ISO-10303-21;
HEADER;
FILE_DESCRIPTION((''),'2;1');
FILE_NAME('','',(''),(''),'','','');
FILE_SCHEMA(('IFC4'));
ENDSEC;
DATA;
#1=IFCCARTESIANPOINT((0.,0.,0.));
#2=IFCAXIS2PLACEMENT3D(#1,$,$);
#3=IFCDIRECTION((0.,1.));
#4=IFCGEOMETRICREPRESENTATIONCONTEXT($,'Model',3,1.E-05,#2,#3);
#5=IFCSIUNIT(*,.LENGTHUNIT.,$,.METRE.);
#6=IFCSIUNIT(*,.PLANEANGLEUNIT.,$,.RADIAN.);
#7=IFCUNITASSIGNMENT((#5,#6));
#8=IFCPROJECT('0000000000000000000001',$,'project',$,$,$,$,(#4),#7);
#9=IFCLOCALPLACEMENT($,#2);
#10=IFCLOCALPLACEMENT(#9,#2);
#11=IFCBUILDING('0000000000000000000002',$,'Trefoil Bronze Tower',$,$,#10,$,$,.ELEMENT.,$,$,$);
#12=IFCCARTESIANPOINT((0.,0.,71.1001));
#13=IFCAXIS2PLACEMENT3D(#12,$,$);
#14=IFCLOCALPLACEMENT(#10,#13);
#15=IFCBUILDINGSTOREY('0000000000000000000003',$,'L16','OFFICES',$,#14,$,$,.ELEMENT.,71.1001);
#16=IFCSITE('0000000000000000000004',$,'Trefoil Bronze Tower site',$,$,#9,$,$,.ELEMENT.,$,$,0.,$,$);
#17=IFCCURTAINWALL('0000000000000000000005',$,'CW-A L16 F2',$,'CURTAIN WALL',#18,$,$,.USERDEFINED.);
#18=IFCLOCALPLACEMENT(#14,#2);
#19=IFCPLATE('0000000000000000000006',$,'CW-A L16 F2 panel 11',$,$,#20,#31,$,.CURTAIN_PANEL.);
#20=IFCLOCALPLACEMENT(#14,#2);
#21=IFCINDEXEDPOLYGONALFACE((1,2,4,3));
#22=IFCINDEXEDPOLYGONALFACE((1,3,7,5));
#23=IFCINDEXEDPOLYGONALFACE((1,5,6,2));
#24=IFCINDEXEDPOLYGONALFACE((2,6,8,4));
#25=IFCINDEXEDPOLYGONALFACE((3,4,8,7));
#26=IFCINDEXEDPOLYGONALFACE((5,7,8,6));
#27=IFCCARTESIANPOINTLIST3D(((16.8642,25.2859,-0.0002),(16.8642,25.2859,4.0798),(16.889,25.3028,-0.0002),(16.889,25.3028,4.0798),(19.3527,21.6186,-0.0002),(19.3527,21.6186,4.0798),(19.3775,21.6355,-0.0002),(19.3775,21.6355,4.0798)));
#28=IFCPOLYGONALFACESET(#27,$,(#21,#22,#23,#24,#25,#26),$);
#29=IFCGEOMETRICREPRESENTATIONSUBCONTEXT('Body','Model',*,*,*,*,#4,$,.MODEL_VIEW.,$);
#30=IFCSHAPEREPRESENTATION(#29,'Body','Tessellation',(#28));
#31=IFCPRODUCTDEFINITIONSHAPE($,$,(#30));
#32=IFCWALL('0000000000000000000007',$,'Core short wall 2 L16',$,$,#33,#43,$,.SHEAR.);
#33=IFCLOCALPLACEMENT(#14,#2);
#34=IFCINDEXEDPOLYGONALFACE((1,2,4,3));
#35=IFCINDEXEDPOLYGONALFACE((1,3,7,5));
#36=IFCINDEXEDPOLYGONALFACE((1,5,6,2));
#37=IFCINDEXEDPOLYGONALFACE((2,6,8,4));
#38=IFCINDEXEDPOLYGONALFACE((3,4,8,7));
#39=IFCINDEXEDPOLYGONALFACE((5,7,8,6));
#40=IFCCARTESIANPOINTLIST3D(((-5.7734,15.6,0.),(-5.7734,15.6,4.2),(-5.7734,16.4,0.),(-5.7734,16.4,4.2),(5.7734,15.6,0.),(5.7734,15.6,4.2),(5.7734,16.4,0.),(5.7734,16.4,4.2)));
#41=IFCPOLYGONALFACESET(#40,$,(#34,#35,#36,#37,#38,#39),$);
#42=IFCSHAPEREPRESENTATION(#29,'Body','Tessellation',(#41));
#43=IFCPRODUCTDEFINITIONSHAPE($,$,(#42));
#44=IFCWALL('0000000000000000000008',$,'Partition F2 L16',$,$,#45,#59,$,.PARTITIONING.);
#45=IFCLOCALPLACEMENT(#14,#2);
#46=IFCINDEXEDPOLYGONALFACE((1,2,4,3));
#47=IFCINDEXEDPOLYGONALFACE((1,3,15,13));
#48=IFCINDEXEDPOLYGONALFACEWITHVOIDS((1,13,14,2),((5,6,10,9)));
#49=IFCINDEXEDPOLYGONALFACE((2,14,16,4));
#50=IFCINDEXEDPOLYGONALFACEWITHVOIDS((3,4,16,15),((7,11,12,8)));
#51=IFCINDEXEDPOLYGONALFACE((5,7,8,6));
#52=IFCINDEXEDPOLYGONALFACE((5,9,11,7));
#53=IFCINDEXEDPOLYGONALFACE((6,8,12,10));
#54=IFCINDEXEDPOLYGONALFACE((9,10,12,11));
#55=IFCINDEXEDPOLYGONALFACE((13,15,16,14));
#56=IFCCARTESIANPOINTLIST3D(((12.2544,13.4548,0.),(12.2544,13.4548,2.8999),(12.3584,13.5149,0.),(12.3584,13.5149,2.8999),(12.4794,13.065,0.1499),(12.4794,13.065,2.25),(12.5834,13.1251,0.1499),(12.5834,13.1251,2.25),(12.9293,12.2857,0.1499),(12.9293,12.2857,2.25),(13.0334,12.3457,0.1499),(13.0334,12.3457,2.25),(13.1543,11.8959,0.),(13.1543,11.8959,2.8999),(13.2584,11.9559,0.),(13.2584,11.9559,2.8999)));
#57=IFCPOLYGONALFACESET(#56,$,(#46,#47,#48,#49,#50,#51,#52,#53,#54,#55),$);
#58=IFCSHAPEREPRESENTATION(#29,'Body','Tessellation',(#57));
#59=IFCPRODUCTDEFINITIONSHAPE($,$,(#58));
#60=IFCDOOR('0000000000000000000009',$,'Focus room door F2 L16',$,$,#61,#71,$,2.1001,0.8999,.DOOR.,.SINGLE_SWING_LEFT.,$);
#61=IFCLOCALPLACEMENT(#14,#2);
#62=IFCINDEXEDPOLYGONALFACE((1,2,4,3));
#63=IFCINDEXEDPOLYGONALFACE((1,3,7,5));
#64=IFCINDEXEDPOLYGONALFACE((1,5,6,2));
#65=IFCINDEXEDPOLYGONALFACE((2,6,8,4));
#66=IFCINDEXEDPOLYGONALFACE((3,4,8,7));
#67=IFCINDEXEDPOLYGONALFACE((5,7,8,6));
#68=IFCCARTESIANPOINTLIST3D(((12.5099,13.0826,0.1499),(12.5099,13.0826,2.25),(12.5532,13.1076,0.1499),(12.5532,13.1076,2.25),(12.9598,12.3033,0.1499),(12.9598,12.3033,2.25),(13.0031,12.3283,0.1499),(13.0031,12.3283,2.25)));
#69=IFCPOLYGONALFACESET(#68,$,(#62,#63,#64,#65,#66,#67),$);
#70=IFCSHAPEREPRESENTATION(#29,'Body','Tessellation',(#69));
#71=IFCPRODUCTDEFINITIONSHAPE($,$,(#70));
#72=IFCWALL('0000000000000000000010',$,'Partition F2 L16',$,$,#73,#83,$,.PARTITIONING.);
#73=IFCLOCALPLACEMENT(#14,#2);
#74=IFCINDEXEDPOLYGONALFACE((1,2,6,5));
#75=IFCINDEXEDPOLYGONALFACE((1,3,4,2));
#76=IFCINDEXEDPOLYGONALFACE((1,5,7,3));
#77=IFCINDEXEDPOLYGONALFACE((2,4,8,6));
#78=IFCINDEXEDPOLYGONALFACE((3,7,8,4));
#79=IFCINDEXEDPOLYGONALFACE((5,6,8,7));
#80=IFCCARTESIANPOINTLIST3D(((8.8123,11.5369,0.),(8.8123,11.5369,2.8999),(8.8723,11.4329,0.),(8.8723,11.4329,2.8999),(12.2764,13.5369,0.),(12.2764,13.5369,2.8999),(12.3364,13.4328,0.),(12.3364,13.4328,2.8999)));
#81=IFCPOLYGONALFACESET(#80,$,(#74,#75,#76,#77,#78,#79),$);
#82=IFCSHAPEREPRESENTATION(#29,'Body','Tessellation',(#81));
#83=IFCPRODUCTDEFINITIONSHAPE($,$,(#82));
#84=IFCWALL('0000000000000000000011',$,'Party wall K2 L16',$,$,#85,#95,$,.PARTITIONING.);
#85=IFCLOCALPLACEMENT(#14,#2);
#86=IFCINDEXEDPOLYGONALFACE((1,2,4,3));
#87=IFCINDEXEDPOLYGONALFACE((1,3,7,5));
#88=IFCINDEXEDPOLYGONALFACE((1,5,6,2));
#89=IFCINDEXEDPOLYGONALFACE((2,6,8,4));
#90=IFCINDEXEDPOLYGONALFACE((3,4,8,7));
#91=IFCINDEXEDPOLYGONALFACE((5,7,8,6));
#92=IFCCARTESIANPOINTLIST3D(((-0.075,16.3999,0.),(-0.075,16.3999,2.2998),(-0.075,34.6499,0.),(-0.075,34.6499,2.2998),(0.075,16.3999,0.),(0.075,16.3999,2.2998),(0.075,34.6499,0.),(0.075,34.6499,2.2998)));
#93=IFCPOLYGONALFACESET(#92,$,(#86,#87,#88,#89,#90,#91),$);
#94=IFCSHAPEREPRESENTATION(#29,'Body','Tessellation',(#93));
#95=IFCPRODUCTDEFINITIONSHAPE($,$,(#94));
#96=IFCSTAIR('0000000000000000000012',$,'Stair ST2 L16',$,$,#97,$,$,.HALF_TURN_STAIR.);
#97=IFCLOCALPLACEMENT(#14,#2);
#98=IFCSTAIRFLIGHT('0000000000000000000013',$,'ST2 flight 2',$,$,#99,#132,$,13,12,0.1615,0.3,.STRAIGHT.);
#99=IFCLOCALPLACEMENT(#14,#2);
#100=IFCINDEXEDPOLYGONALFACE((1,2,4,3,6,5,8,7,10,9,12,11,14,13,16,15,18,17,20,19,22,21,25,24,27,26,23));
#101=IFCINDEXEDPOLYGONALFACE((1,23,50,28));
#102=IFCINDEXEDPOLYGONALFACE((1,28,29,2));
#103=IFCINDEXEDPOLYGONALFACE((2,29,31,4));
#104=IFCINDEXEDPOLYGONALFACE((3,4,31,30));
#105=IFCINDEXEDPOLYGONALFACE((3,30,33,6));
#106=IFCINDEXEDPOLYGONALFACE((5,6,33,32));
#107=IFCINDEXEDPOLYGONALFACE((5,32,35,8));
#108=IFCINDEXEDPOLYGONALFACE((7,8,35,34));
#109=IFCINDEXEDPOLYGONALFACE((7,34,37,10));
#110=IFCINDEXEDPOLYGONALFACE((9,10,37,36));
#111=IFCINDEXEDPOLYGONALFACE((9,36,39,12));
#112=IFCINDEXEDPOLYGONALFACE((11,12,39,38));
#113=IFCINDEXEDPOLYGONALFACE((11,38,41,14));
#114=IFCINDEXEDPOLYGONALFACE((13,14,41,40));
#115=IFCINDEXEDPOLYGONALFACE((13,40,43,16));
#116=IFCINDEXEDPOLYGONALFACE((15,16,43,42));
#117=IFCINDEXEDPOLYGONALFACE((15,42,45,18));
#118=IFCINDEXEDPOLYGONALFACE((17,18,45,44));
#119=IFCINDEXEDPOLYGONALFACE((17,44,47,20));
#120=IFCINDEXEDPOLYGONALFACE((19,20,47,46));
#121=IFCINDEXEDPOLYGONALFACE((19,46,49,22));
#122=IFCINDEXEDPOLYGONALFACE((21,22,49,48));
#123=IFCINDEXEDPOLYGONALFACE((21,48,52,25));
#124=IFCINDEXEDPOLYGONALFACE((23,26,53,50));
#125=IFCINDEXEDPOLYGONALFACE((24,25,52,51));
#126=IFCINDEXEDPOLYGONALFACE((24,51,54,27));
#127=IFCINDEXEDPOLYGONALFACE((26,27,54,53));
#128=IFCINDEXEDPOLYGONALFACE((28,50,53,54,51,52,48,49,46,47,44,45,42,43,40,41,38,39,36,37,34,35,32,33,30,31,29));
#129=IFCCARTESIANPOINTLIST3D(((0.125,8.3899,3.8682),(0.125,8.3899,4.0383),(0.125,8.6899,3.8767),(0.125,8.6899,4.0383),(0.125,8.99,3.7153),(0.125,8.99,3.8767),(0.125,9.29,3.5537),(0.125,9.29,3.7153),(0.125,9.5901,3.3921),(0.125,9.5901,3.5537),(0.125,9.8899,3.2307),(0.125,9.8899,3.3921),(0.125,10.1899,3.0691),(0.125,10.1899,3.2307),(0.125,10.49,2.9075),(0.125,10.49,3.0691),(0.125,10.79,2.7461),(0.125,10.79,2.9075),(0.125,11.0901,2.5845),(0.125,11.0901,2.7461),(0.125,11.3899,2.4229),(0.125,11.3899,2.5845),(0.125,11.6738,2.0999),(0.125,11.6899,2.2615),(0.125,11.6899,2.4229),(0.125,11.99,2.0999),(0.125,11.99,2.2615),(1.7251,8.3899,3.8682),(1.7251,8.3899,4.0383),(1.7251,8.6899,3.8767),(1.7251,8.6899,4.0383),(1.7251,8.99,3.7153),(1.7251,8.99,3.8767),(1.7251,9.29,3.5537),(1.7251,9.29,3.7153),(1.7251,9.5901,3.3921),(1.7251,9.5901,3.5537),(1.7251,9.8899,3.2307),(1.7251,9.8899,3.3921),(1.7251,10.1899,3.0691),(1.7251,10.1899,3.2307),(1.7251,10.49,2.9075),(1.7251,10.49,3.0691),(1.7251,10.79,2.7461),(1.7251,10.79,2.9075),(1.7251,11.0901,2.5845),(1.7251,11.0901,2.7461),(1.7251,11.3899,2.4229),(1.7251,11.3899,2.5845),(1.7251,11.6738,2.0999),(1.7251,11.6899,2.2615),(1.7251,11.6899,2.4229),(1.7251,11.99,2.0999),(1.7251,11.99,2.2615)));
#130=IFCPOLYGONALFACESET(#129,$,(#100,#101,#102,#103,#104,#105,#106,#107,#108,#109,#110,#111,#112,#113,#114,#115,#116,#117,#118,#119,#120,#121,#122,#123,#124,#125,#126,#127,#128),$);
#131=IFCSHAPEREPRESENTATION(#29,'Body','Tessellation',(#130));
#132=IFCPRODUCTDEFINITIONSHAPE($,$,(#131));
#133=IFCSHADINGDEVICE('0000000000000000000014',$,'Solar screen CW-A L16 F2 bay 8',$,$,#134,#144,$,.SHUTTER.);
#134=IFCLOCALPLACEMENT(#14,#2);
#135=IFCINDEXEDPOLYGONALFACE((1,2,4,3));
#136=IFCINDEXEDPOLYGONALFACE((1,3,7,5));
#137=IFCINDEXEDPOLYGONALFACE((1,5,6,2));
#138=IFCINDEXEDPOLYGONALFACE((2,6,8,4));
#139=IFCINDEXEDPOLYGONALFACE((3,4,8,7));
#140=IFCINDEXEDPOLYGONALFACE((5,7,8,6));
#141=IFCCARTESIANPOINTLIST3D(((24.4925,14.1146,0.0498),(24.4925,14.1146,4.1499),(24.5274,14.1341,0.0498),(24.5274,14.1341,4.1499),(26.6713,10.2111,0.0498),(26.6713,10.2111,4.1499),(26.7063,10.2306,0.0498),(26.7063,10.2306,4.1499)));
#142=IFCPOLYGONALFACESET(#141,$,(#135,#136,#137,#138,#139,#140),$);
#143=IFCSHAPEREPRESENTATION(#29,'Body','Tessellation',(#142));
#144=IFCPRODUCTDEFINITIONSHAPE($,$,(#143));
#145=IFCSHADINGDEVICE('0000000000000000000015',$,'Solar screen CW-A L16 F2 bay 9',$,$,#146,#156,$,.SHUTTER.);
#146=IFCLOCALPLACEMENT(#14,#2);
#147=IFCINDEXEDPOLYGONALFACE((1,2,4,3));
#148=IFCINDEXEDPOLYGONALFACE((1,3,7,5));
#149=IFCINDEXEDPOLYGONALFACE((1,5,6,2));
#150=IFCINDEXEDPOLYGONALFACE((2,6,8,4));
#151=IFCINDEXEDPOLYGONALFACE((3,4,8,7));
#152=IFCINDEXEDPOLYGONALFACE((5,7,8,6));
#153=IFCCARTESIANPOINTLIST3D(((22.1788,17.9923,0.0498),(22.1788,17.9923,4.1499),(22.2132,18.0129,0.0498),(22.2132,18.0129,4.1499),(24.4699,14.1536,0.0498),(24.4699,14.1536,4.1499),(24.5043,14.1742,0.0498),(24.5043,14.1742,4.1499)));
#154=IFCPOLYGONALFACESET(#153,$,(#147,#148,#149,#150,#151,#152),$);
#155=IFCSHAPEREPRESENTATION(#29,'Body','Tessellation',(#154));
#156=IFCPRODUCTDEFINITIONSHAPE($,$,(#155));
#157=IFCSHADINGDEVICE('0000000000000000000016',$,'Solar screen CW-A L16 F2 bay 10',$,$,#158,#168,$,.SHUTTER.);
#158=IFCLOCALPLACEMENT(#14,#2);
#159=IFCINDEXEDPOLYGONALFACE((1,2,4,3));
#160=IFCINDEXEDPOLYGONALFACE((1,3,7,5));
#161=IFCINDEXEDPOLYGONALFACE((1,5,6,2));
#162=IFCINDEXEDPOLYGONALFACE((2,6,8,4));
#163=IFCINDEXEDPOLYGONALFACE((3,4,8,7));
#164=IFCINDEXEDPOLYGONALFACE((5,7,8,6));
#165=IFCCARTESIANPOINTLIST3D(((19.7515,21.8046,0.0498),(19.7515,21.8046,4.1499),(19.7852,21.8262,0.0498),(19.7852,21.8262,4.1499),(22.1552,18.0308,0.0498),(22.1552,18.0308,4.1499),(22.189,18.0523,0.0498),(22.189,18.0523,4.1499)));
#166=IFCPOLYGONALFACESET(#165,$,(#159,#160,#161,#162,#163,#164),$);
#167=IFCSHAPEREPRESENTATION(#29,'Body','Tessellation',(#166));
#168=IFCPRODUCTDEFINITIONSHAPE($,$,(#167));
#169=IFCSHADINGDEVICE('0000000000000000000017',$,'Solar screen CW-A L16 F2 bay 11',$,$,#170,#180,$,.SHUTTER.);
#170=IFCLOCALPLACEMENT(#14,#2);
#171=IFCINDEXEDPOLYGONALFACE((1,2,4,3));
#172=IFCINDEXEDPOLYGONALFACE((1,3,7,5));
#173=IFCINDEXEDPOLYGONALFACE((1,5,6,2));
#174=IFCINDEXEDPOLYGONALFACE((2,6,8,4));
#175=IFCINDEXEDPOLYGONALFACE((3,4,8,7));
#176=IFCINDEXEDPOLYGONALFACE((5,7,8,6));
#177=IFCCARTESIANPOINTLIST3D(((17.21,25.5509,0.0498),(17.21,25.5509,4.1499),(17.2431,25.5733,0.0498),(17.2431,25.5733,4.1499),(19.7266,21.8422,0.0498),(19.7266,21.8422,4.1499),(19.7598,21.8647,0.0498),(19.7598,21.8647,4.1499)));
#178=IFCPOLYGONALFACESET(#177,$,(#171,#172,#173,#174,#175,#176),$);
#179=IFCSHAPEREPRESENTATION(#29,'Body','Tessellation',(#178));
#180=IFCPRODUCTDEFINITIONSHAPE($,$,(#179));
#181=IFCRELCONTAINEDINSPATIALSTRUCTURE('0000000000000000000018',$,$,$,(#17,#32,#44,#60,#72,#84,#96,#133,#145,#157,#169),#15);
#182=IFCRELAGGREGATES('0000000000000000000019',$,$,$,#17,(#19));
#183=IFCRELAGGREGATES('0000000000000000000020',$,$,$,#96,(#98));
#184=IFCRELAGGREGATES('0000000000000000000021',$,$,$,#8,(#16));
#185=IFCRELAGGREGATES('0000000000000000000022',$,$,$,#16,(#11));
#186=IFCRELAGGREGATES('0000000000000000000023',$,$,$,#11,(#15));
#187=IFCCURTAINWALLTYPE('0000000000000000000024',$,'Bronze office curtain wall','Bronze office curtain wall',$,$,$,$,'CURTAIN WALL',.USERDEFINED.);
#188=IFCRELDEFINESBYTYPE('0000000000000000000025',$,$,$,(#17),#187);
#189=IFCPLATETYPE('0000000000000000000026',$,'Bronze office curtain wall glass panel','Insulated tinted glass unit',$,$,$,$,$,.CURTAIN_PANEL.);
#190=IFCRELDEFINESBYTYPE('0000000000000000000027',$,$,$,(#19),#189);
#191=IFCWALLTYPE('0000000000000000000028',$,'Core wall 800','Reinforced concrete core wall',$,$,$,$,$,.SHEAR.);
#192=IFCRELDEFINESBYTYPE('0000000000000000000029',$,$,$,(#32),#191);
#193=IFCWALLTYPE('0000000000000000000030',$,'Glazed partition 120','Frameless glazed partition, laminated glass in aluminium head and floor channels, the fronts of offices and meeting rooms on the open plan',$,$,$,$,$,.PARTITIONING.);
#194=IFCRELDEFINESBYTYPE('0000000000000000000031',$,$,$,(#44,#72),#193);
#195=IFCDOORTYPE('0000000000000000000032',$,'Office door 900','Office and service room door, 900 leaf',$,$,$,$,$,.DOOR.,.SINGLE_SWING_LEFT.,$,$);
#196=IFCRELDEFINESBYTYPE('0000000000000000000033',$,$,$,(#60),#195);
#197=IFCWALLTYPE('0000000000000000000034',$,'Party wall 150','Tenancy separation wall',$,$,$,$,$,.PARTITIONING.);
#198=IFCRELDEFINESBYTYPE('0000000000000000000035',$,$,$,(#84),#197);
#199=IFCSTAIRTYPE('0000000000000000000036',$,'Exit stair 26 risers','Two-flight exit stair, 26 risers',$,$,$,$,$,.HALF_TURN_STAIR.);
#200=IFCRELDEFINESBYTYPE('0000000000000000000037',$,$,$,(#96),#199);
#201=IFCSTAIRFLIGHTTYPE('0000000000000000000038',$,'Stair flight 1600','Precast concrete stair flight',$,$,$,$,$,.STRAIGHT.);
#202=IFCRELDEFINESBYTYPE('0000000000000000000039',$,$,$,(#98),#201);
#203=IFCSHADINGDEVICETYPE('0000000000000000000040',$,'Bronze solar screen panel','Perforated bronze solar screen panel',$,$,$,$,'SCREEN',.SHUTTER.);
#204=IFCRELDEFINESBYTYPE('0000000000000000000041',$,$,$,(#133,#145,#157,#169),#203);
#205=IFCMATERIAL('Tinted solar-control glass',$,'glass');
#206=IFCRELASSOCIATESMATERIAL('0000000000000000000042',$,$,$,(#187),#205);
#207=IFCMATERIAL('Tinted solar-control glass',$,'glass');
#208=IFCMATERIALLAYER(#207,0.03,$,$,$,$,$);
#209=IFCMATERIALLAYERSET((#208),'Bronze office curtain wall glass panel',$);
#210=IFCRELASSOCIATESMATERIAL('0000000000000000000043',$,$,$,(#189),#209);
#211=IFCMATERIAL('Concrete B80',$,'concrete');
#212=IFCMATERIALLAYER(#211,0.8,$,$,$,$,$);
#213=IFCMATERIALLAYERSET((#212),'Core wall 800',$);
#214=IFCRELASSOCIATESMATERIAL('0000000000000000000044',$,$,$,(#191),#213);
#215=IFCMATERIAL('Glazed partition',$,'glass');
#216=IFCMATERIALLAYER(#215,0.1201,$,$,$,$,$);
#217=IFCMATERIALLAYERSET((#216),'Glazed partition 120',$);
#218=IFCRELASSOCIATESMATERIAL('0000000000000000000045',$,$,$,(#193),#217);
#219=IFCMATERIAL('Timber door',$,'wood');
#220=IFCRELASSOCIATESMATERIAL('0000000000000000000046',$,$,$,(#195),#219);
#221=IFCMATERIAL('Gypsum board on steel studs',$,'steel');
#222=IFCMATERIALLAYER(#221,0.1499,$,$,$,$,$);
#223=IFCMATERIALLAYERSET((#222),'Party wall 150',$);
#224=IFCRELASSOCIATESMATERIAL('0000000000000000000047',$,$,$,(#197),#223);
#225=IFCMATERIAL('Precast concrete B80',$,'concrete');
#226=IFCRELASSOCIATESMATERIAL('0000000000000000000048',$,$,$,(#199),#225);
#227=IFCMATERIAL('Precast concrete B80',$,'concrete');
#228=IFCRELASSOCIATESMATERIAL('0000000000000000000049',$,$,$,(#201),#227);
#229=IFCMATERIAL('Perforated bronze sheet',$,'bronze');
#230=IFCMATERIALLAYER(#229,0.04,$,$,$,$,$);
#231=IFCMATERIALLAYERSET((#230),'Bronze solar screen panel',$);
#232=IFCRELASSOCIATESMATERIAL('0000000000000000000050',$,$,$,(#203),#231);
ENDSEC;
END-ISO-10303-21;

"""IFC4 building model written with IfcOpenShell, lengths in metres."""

from ifc_helpers import new_model, si_unit, direction, frame, frame_2d, origin, origin_2d, place, context, subcontext, project, spatial, polyline, rectangle, outline, extrude, material, layer, layer_set, type_object, element, fill, aggregate, save


model = new_model("IFC4")

# Units and contexts
model_context = context("Model", 3, precision=1e-05, world=origin(), true_north=direction((0.0, 1.0)))
body_context = subcontext(model_context, "Body", "Model", "MODEL_VIEW")
ifc_project = project(units=[si_unit("LENGTHUNIT", "METRE"), si_unit("PLANEANGLEUNIT", "RADIAN")], contexts=[model_context])

# Site, building, storey
site_placement = place(None, origin())
site = spatial("IfcSite", under=ifc_project, at=site_placement, Name="Trefoil Bronze Tower site", CompositionType="ELEMENT", RefElevation=0.0)
building_placement = place(site_placement, origin())
building = spatial("IfcBuilding", under=site, at=building_placement, Name="Trefoil Bronze Tower", CompositionType="ELEMENT")
storey_placement = place(building_placement, frame((0.0, 0.0, 71.1001)))
storey = spatial("IfcBuildingStorey", under=building, at=storey_placement, Name="L16", Description="OFFICES", CompositionType="ELEMENT", Elevation=71.1001)

# Curtain wall
ifc_material_1 = material(Name="Tinted solar-control glass", Category="glass")
curtain_wall_type = type_object("IfcCurtainWallType", Name="Bronze office curtain wall", Description="Bronze office curtain wall", ElementType="CURTAIN WALL", PredefinedType="USERDEFINED", material=ifc_material_1)
curtain_wall_placement = place(storey_placement, origin())
curtain_wall = element("IfcCurtainWall", 1, at=curtain_wall_placement, inside=storey, type_object=curtain_wall_type, Name="CW-A L16 F2", ObjectType="CURTAIN WALL", PredefinedType="USERDEFINED")

# Plate
ifc_material_2 = material(Name="Tinted solar-control glass", Category="glass")
ifc_layer_1 = layer(ifc_material_2, 0.03)
ifc_layer_set_1 = layer_set([ifc_layer_1], Name="Bronze office curtain wall glass panel")
plate_type = type_object("IfcPlateType", Name="Bronze office curtain wall glass panel", Description="Insulated tinted glass unit", PredefinedType="CURTAIN_PANEL", material=ifc_layer_set_1)
plate_1_placement = place(storey_placement, frame((18.1208, 23.4607, -0.0002), z_axis=(0.0, 0.0, 1.0), x_axis=(-0.56151, 0.82747, 0.0)))
plate_1 = element("IfcPlate", 2, at=plate_1_placement, type_object=plate_type, Name="CW-A L16 F2 panel 11", PredefinedType="CURTAIN_PANEL", context=body_context, shape_type="SweptSolid", body=[
    extrude(rectangle(XDim=4.4319, YDim=0.03, at=origin_2d()), origin(), (0.0, 0.0, 1.0), 4.0801),
])
aggregate(curtain_wall, [plate_1])

# Wall
ifc_material_3 = material(Name="Concrete B80", Category="concrete")
ifc_layer_2 = layer(ifc_material_3, 0.8)
ifc_layer_set_2 = layer_set([ifc_layer_2], Name="Core wall 800")
wall_type_1 = type_object("IfcWallType", Name="Core wall 800", Description="Reinforced concrete core wall", PredefinedType="SHEAR", material=ifc_layer_set_2)
wall_1_placement = place(storey_placement, frame((5.7734, 16.0, 0.0), z_axis=(0.0, 0.0, 1.0), x_axis=(-1.0, 0.0, 0.0)))
element("IfcWall", 3, at=wall_1_placement, inside=storey, type_object=wall_type_1, Name="Core short wall 2 L16", PredefinedType="SHEAR", context=body_context, shape_type="SweptSolid", body=[
    extrude(rectangle(XDim=11.5469, YDim=0.8, at=frame_2d((5.7734, 0.0))), origin(), (0.0, 0.0, 1.0), 4.2),
])

# Wall, opening, door
ifc_material_4 = material(Name="Glazed partition", Category="glass")
ifc_layer_3 = layer(ifc_material_4, 0.1201)
ifc_layer_set_3 = layer_set([ifc_layer_3], Name="Glazed partition 120")
wall_type_2 = type_object("IfcWallType", Name="Glazed partition 120", Description="Frameless glazed partition, laminated glass in aluminium head and floor channels, the fronts of offices and meeting rooms on the open plan", PredefinedType="PARTITIONING", material=ifc_layer_set_3)
wall_2_placement = place(storey_placement, frame((13.2063, 11.926, 0.0), z_axis=(0.0, 0.0, 1.0), x_axis=(-0.499961, 0.866048, 0.0)))
wall_2 = element("IfcWall", 4, at=wall_2_placement, inside=storey, type_object=wall_type_2, Name="Partition F2 L16", PredefinedType="PARTITIONING", context=body_context, shape_type="SweptSolid", body=[
    extrude(rectangle(XDim=1.8, YDim=0.1201, at=frame_2d((0.8999, 0.0))), origin(), (0.0, 0.0, 1.0), 2.8999),
])
opening_placement = place(wall_2_placement, frame((0.45, 0.0, 0.1499)))
opening = element("IfcOpeningElement", 5, at=opening_placement, cuts=wall_2, PredefinedType="OPENING", context=body_context, shape_type="SweptSolid", body=[
    extrude(rectangle(XDim=0.8999, YDim=2.1001, at=frame_2d((0.45, 1.05))), frame((0.0, 0.0701, 0.0), z_axis=(0.0, -1.0, 0.0), x_axis=(1.0, 0.0, 0.0)), (0.0, 0.0, 1.0), 0.1401),
])
ifc_material_5 = material(Name="Timber door", Category="wood")
door_type = type_object("IfcDoorType", Name="Office door 900", Description="Office and service room door, 900 leaf", OperationType="SINGLE_SWING_LEFT", PredefinedType="DOOR", material=ifc_material_5)
door_placement = place(opening_placement, origin())
door = element("IfcDoor", 6, at=door_placement, inside=storey, type_object=door_type, Name="Focus room door F2 L16", OperationType="SINGLE_SWING_LEFT", OverallHeight=2.1001, OverallWidth=0.8999, PredefinedType="DOOR", context=body_context, shape_type="SweptSolid", body=[
    extrude(rectangle(XDim=0.8999, YDim=2.1001, at=frame_2d((0.45, 1.05))), frame((0.0, 0.0249, 0.0), z_axis=(0.0, -1.0, 0.0), x_axis=(1.0, 0.0, 0.0)), (0.0, 0.0, 1.0), 0.05),
])
fill(opening, door)

# Walls
wall_3_placement = place(storey_placement, frame((8.8423, 11.4849, 0.0), z_axis=(0.0, 0.0, 1.0), x_axis=(0.866026, 0.499999, 0.0)))
element("IfcWall", 7, at=wall_3_placement, inside=storey, type_object=wall_type_2, Name="Partition F2 L16", PredefinedType="PARTITIONING", context=body_context, shape_type="SweptSolid", body=[
    extrude(rectangle(XDim=4.0, YDim=0.1201, at=frame_2d((2.0, 0.0))), origin(), (0.0, 0.0, 1.0), 2.8999),
])
ifc_material_6 = material(Name="Gypsum board on steel studs", Category="steel")
ifc_layer_4 = layer(ifc_material_6, 0.1499)
ifc_layer_set_4 = layer_set([ifc_layer_4], Name="Party wall 150")
wall_type_3 = type_object("IfcWallType", Name="Party wall 150", Description="Tenancy separation wall", PredefinedType="PARTITIONING", material=ifc_layer_set_4)
wall_4_placement = place(storey_placement, frame((0.0, 16.3999, 0.0), z_axis=(0.0, 0.0, 1.0), x_axis=(0.0, 1.0, 0.0)))
element("IfcWall", 8, at=wall_4_placement, inside=storey, type_object=wall_type_3, Name="Party wall K2 L16", PredefinedType="PARTITIONING", context=body_context, shape_type="SweptSolid", body=[
    extrude(rectangle(XDim=18.25, YDim=0.1499, at=frame_2d((9.125, 0.0))), origin(), (0.0, 0.0, 1.0), 2.2998),
])

# Stair, stair flight
ifc_material_7 = material(Name="Precast concrete B80", Category="concrete")
stair_type = type_object("IfcStairType", Name="Exit stair 26 risers", Description="Two-flight exit stair, 26 risers", PredefinedType="HALF_TURN_STAIR", material=ifc_material_7)
stair_placement = place(storey_placement, origin())
stair = element("IfcStair", 9, at=stair_placement, inside=storey, type_object=stair_type, Name="Stair ST2 L16", PredefinedType="HALF_TURN_STAIR")
ifc_material_8 = material(Name="Precast concrete B80", Category="concrete")
stair_flight_type = type_object("IfcStairFlightType", Name="Stair flight 1600", Description="Precast concrete stair flight", PredefinedType="STRAIGHT", material=ifc_material_8)
stair_flight_placement = place(storey_placement, frame((0.925, 11.99, 2.0999), z_axis=(0.0, 0.0, 1.0), x_axis=(0.0, -1.0, 0.0)))
stair_flight = element("IfcStairFlight", 10, at=stair_flight_placement, type_object=stair_flight_type, Name="ST2 flight 2", NumberOfRisers=13, NumberOfTreads=12, PredefinedType="STRAIGHT", RiserHeight=0.1615, TreadLength=0.3, context=body_context, shape_type="SweptSolid", body=[
    extrude(outline(polyline([(0.0, 0.0), (0.0, 0.1616), (0.3, 0.1616), (0.3, 0.323), (0.6001, 0.323), (0.6001, 0.4846), (0.8999, 0.4846), (0.8999, 0.6462), (1.2, 0.6462), (1.2, 0.8076), (1.5, 0.8076), (1.5, 0.9692), (1.8, 0.9692), (1.8, 1.1309), (2.1001, 1.1309), (2.1001, 1.2922), (2.3999, 1.2922), (2.3999, 1.4539), (2.7, 1.4539), (2.7, 1.6155), (3.0, 1.6155), (3.0, 1.7769), (3.3, 1.7769), (3.3, 1.9385), (3.6001, 1.9385), (3.6001, 2.1001), (3.6001, 1.7683), (0.3162, 0.0), (0.0, 0.0)])), frame((0.0, 0.8, 0.0), z_axis=(0.0, -1.0, 0.0), x_axis=(1.0, 0.0, 0.0)), (0.0, 0.0, 1.0), 1.6001),
])
aggregate(stair, [stair_flight])

# Shading devices
ifc_material_9 = material(Name="Perforated bronze sheet", Category="bronze")
ifc_layer_5 = layer(ifc_material_9, 0.04)
ifc_layer_set_5 = layer_set([ifc_layer_5], Name="Bronze solar screen panel")
shading_device_type = type_object("IfcShadingDeviceType", Name="Bronze solar screen panel", Description="Perforated bronze solar screen panel", ElementType="SCREEN", PredefinedType="SHUTTER", material=ifc_layer_set_5)
for number, where, z_axis, x_axis, name in (
    (11, (25.5994, 12.1726, 0.0498), (0.0, 0.0, 1.0), (-0.487382, 0.873189, 0.0), "Solar screen CW-A L16 F2 bay 8"),
    (12, (23.3416, 16.0833, 0.0498), (0.0, 0.0, 1.0), (-0.512513, 0.85868, 0.0), "Solar screen CW-A L16 F2 bay 9"),
):
    element("IfcShadingDevice", number, at=place(storey_placement, frame(where, z_axis=z_axis, x_axis=x_axis)), inside=storey, type_object=shading_device_type, Name=name, PredefinedType="SHUTTER", context=body_context, shape_type="SweptSolid", body=[
        extrude(rectangle(XDim=4.4705, YDim=0.04, at=origin_2d()), origin(), (0.0, 0.0, 1.0), 4.1001),
    ])
shading_device_1_placement = place(storey_placement, frame((20.9702, 19.9285, 0.0498), z_axis=(0.0, 0.0, 1.0), x_axis=(-0.537222, 0.843441, 0.0)))
element("IfcShadingDevice", 13, at=shading_device_1_placement, inside=storey, type_object=shading_device_type, Name="Solar screen CW-A L16 F2 bay 10", PredefinedType="SHUTTER", context=body_context, shape_type="SweptSolid", body=[
    extrude(rectangle(XDim=4.4744, YDim=0.04, at=origin_2d()), origin(), (0.0, 0.0, 1.0), 4.1001),
])
shading_device_2_placement = place(storey_placement, frame((18.4849, 23.7078, 0.0498), z_axis=(0.0, 0.0, 1.0), x_axis=(-0.56151, 0.82747, 0.0)))
element("IfcShadingDevice", 14, at=shading_device_2_placement, inside=storey, type_object=shading_device_type, Name="Solar screen CW-A L16 F2 bay 11", PredefinedType="SHUTTER", context=body_context, shape_type="SweptSolid", body=[
    extrude(rectangle(XDim=4.4819, YDim=0.04, at=origin_2d()), origin(), (0.0, 0.0, 1.0), 4.1001),
])

save(model, "model.ifc")
